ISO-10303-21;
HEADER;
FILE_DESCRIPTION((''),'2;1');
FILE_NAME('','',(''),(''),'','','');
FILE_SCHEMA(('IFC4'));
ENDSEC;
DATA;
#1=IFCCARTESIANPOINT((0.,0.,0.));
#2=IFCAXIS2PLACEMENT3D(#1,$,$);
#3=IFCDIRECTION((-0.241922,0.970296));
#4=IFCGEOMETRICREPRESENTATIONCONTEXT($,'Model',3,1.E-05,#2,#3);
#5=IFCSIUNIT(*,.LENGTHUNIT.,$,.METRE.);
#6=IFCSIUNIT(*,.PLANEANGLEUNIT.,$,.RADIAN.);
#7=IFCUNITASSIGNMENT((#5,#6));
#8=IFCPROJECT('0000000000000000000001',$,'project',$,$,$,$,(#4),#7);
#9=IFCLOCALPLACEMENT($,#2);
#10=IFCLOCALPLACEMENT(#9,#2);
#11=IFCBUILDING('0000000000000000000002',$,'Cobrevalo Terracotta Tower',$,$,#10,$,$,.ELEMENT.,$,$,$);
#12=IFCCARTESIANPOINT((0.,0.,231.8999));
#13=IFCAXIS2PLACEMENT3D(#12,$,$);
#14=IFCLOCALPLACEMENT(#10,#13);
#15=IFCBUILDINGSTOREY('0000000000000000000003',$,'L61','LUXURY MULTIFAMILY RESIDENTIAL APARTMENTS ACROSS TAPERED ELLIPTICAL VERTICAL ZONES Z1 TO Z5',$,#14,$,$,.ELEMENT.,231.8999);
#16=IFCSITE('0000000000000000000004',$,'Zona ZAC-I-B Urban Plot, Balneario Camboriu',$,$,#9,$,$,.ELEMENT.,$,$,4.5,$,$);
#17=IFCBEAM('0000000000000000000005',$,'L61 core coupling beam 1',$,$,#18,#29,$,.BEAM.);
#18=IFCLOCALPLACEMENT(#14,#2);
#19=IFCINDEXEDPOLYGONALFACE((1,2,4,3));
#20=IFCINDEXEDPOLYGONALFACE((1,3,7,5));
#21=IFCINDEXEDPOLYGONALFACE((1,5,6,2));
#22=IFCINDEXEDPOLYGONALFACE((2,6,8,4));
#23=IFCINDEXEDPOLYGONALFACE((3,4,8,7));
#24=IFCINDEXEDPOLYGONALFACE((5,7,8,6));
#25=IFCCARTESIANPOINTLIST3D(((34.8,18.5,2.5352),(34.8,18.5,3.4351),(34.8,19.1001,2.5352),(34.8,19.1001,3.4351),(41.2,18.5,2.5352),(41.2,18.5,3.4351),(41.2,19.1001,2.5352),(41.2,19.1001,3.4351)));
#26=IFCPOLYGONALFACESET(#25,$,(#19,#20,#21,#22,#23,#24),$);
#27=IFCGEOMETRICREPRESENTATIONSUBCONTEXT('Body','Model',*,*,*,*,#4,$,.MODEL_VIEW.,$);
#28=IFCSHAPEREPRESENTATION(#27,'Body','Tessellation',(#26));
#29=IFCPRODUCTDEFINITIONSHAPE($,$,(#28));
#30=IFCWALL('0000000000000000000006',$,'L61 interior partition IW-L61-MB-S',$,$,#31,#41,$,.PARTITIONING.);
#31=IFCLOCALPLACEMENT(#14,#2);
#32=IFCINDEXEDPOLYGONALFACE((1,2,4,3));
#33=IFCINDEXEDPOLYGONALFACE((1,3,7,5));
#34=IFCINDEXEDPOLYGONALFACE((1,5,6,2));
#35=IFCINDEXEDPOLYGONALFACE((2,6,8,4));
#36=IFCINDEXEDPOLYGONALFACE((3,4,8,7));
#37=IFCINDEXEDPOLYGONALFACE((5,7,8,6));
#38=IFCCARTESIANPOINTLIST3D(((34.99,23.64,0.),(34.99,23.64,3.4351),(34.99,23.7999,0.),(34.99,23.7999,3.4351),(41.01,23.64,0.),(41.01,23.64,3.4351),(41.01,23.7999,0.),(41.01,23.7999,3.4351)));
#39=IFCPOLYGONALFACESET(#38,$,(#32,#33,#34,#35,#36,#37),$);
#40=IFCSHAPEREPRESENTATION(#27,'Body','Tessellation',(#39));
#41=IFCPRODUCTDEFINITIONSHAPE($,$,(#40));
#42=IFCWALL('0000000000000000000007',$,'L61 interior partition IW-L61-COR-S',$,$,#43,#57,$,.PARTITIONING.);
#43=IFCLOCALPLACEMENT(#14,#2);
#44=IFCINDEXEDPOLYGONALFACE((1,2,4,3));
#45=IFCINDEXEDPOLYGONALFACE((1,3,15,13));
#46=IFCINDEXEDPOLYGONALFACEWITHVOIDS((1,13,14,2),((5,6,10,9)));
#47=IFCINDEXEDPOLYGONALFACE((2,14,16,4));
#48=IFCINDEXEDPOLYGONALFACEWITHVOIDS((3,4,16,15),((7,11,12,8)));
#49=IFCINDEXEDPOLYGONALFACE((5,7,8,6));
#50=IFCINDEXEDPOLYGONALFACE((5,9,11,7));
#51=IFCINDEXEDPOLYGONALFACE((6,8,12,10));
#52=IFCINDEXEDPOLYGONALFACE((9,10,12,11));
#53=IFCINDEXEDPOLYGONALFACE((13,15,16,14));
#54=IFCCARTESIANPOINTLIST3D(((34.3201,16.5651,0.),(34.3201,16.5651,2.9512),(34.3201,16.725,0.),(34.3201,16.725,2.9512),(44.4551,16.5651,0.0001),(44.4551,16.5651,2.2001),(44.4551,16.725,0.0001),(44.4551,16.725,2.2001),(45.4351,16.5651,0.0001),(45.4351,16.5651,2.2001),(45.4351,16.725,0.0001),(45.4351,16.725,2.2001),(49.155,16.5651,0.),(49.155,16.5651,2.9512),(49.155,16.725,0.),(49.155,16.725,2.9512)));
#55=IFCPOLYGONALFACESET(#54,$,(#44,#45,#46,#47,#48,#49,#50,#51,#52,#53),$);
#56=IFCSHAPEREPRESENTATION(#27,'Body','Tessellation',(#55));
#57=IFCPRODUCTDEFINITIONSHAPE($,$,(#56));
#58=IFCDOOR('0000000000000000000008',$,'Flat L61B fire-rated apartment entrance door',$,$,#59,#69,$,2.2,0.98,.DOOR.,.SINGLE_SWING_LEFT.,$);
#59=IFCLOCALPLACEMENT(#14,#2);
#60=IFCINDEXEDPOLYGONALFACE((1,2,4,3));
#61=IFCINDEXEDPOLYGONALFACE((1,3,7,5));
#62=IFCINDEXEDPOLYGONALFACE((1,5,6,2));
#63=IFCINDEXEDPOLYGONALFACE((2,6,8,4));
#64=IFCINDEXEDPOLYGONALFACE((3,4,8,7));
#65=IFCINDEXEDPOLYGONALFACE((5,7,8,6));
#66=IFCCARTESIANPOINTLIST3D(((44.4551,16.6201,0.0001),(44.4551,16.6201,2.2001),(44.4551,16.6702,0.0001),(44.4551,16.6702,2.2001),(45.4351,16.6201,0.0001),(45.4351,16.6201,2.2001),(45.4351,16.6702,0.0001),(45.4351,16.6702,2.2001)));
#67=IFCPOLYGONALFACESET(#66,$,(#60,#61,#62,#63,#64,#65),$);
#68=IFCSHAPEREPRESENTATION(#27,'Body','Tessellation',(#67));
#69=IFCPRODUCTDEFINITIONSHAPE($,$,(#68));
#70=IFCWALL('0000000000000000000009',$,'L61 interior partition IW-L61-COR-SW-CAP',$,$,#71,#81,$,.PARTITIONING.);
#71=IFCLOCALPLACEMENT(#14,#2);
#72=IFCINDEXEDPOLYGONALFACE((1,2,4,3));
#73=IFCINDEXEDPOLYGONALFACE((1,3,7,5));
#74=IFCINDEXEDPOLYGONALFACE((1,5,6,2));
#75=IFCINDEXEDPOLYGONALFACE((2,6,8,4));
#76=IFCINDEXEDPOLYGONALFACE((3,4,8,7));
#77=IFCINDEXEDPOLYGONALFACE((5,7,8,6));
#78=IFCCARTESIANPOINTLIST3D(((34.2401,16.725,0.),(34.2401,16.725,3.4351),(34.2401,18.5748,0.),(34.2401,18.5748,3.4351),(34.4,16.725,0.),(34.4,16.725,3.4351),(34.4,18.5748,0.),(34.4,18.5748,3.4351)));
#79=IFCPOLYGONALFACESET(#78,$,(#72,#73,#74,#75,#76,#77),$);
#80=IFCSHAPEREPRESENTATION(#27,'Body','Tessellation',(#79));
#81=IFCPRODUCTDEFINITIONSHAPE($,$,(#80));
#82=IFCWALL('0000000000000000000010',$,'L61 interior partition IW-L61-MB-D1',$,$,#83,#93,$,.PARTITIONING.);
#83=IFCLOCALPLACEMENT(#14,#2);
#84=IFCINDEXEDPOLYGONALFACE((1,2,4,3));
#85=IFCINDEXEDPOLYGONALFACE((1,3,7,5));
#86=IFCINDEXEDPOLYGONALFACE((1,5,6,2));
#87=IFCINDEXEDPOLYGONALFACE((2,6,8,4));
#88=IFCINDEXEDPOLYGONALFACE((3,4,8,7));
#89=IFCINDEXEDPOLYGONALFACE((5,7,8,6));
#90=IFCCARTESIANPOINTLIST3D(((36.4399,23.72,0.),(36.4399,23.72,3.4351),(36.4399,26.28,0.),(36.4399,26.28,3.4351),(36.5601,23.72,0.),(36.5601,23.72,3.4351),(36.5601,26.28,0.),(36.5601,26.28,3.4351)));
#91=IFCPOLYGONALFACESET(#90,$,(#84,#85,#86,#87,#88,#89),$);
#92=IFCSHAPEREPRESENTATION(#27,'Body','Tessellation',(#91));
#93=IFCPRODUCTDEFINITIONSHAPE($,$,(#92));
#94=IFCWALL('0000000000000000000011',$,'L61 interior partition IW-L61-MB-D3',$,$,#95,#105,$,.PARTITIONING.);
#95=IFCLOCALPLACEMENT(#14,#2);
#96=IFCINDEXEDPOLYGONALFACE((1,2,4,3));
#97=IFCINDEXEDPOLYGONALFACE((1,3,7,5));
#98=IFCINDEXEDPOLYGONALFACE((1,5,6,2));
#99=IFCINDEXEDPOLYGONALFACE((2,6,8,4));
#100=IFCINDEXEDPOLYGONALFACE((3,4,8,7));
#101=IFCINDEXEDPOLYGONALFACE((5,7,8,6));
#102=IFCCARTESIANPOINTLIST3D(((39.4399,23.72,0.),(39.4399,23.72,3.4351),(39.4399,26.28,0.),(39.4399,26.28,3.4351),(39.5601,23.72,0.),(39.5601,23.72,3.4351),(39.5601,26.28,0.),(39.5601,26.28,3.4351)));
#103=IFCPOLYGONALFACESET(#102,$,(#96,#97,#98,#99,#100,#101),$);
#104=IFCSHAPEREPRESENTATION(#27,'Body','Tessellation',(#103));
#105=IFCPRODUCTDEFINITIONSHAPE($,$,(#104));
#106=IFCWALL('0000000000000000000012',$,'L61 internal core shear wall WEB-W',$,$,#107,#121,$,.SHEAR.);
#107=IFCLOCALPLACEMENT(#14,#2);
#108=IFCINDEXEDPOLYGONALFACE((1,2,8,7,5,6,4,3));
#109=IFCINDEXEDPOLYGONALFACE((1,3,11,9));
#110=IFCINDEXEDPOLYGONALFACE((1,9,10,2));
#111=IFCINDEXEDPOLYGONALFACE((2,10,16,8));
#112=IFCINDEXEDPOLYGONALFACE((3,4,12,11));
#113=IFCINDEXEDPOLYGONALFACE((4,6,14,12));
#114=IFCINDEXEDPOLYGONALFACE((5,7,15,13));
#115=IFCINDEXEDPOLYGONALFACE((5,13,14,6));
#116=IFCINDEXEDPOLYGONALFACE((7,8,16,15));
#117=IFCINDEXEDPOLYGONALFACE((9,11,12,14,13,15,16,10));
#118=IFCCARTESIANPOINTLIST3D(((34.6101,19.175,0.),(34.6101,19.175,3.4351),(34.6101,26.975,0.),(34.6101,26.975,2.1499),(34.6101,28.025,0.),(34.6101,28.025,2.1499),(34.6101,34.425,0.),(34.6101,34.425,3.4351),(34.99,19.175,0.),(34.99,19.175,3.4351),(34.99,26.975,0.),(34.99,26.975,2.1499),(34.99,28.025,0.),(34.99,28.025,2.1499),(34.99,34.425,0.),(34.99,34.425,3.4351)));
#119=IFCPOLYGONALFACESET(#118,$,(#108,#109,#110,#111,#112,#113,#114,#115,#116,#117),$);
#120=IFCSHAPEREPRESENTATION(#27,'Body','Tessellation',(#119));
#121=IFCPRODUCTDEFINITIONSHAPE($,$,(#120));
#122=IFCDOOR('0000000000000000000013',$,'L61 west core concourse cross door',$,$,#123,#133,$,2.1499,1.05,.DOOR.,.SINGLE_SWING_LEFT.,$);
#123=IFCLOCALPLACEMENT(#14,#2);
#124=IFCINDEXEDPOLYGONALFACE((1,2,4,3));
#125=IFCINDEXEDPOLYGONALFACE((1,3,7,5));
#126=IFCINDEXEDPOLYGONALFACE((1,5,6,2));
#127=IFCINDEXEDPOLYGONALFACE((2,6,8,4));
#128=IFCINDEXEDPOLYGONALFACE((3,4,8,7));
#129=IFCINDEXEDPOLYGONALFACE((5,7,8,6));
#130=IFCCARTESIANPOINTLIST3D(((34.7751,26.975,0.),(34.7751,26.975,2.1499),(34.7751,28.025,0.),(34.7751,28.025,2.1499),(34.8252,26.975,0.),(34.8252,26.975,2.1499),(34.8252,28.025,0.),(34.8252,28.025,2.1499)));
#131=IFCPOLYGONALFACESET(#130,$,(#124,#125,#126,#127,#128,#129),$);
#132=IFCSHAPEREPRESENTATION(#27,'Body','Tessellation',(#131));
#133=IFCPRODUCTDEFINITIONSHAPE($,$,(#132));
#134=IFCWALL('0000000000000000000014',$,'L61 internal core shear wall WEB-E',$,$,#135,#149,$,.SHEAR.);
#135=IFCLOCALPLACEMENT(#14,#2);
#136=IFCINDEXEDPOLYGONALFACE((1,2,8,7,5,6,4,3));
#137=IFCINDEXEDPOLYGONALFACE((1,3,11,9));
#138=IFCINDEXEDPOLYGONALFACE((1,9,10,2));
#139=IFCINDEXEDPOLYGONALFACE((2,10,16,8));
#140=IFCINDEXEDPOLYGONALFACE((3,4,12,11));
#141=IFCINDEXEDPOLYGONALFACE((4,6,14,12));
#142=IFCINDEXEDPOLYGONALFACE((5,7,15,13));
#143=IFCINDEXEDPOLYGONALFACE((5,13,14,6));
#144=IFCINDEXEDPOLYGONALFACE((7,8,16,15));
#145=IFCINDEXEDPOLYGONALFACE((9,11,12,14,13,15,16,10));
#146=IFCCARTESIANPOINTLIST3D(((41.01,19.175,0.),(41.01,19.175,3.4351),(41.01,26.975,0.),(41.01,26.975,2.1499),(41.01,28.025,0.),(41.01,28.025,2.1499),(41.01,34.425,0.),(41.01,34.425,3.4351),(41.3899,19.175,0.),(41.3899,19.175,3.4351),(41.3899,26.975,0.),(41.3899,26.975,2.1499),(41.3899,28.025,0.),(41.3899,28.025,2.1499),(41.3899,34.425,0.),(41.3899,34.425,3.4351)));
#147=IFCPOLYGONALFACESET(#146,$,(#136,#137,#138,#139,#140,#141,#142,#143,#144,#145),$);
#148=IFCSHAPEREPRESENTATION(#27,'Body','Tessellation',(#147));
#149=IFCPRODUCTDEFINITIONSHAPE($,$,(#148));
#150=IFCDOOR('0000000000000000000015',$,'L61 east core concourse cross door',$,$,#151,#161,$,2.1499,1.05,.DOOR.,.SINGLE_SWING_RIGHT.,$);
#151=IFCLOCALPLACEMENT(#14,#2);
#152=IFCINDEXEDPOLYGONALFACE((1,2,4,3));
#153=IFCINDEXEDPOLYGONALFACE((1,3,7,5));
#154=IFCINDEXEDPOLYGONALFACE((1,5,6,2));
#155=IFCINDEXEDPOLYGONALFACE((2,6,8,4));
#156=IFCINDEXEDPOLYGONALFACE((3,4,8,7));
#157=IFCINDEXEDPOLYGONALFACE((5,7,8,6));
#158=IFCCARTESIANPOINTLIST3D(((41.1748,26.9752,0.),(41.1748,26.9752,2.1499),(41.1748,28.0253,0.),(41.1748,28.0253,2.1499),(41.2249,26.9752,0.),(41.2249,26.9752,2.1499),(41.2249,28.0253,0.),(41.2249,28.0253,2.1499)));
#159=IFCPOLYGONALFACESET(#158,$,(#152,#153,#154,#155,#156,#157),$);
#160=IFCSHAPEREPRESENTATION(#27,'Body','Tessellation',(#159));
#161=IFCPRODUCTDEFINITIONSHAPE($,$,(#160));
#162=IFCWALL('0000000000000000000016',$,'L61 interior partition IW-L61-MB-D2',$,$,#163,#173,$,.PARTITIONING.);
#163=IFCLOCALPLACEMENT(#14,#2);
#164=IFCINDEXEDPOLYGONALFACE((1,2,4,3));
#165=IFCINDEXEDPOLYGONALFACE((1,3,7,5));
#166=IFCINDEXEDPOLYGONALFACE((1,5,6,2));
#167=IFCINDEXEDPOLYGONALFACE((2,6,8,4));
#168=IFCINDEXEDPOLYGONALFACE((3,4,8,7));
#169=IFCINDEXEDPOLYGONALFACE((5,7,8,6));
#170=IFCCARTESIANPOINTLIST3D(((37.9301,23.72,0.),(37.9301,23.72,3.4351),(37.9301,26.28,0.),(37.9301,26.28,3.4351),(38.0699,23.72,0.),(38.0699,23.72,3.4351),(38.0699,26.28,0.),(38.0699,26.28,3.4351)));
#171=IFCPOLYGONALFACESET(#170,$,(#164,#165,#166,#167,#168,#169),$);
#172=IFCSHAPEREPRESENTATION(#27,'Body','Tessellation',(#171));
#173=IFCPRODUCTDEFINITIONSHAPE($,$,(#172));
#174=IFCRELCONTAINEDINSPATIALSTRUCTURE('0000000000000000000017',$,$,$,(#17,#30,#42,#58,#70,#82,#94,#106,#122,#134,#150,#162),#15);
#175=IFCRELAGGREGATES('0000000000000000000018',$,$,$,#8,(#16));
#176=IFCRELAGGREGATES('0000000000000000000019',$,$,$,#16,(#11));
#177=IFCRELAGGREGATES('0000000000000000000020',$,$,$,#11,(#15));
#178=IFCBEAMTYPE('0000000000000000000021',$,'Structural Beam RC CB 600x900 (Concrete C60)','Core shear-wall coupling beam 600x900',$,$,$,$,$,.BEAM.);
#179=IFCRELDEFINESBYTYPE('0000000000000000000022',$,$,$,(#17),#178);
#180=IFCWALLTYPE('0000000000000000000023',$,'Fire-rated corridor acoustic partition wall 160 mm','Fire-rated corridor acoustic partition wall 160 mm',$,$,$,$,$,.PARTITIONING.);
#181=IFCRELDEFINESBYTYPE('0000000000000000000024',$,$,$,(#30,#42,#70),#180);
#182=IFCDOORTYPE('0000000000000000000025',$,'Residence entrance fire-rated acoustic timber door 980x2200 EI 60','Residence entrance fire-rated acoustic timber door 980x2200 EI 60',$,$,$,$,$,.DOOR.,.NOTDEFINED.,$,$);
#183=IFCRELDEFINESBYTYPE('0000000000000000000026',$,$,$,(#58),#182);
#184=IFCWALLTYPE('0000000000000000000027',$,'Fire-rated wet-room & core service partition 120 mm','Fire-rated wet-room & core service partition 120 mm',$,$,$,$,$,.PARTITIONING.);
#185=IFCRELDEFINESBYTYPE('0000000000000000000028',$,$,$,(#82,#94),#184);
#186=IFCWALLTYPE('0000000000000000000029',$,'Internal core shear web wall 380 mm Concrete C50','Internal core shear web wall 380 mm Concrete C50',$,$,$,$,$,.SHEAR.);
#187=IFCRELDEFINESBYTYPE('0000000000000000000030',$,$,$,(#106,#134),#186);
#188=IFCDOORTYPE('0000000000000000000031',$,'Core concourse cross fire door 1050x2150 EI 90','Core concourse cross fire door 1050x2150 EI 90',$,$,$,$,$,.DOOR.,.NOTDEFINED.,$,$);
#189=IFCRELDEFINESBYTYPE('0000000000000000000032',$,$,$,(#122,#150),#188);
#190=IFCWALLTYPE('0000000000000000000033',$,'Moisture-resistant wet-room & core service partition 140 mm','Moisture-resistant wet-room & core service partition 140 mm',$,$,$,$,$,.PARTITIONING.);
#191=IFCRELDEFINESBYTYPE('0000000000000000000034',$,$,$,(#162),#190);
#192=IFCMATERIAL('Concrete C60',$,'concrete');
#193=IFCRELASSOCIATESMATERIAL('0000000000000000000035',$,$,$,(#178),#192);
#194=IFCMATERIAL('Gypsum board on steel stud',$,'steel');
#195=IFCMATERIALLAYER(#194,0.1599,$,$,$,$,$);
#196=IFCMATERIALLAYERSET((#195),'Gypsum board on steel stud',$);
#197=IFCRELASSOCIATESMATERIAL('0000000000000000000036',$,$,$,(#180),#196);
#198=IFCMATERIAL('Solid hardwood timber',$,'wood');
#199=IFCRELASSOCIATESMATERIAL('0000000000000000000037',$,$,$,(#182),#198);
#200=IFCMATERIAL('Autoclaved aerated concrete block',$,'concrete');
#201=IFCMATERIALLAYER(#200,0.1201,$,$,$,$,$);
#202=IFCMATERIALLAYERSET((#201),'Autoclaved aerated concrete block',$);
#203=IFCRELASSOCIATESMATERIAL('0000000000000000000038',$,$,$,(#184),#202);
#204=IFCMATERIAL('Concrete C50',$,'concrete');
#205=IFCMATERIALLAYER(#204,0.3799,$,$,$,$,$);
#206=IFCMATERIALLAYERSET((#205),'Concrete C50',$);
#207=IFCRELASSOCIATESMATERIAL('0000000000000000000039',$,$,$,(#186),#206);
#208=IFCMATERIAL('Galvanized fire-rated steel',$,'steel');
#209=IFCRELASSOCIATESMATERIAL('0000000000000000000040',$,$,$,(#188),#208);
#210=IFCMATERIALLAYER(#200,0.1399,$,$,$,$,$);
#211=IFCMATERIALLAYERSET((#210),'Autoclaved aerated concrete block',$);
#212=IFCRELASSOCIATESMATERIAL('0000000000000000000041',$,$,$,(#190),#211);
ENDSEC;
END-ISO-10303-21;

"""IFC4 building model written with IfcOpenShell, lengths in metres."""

from ifc_helpers import new_model, si_unit, direction, frame, frame_2d, origin, origin_2d, place, context, subcontext, project, spatial, rectangle, extrude, source, transform, mapped, material, layer, layer_set, material_profile, profile_set, type_object, element, fill, save


model = new_model("IFC4")

# Units and contexts
model_context = context("Model", 3, precision=1e-05, world=origin(), true_north=direction((-0.241922, 0.970296)))
body_context = subcontext(model_context, "Body", "Model", "MODEL_VIEW")
ifc_project = project(units=[si_unit("LENGTHUNIT", "METRE"), si_unit("PLANEANGLEUNIT", "RADIAN")], contexts=[model_context])

# Site, building, storey
site_placement = place(None, origin())
site = spatial("IfcSite", under=ifc_project, at=site_placement, Name="Zona ZAC-I-B Urban Plot, Balneario Camboriu", CompositionType="ELEMENT", RefElevation=4.5)
building_placement = place(site_placement, origin())
building = spatial("IfcBuilding", under=site, at=building_placement, Name="Cobrevalo Terracotta Tower", CompositionType="ELEMENT")
storey_placement = place(building_placement, frame((0.0, 0.0, 231.8999)))
storey = spatial("IfcBuildingStorey", under=building, at=storey_placement, Name="L61", Description="LUXURY MULTIFAMILY RESIDENTIAL APARTMENTS ACROSS TAPERED ELLIPTICAL VERTICAL ZONES Z1 TO Z5", CompositionType="ELEMENT", Elevation=231.8999)

# Beam
ifc_material_1 = material(Name="Concrete C60", Category="concrete")
ifc_material_profile = material_profile(ifc_material_1, rectangle(XDim=0.6001, YDim=0.8999, at=origin_2d()), Name="RC CB 600x900")
ifc_profile_set = profile_set([ifc_material_profile], Name="Concrete C60")
beam_type = type_object("IfcBeamType", Name="Structural Beam RC CB 600x900 (Concrete C60)", Description="Core shear-wall coupling beam 600x900", PredefinedType="BEAM", material=ifc_profile_set)
beam_placement = place(storey_placement, frame((34.8, 18.8, 2.9851), z_axis=(1.0, 0.0, 0.0), x_axis=(0.0, 1.0, 0.0)))
element("IfcBeam", 1, at=beam_placement, inside=storey, type_object=beam_type, Name="L61 core coupling beam 1", PredefinedType="BEAM", context=body_context, shape_type="SweptSolid", body=[
    extrude(rectangle(XDim=0.6001, YDim=0.8999, at=origin_2d()), origin(), (0.0, 0.0, 1.0), 6.3999),
])

# Wall
ifc_material_2 = material(Name="Gypsum board on steel stud", Category="steel")
ifc_layer_1 = layer(ifc_material_2, 0.1599)
ifc_layer_set_1 = layer_set([ifc_layer_1], Name="Gypsum board on steel stud")
wall_type_1 = type_object("IfcWallType", Name="Fire-rated corridor acoustic partition wall 160 mm", Description="Fire-rated corridor acoustic partition wall 160 mm", PredefinedType="PARTITIONING", material=ifc_layer_set_1)
wall_1_placement = place(storey_placement, frame((34.99, 23.72, 0.0), z_axis=(0.0, 0.0, 1.0), x_axis=(1.0, 0.0, 0.0)))
element("IfcWall", 2, at=wall_1_placement, inside=storey, type_object=wall_type_1, Name="L61 interior partition IW-L61-MB-S", PredefinedType="PARTITIONING", context=body_context, shape_type="SweptSolid", body=[
    extrude(rectangle(XDim=6.02, YDim=0.1599, at=frame_2d((3.01, 0.0))), origin(), (0.0, 0.0, 1.0), 3.4351),
])

# Wall, opening, door
wall_2_placement = place(storey_placement, frame((34.3201, 16.645, 0.0), z_axis=(0.0, 0.0, 1.0), x_axis=(1.0, 0.0, 0.0)))
wall_2 = element("IfcWall", 3, at=wall_2_placement, inside=storey, type_object=wall_type_1, Name="L61 interior partition IW-L61-COR-S", PredefinedType="PARTITIONING", context=body_context, shape_type="SweptSolid", body=[
    extrude(rectangle(XDim=14.835, YDim=0.1599, at=frame_2d((7.4175, 0.0))), origin(), (0.0, 0.0, 1.0), 2.9512),
])
opening_1_placement = place(wall_2_placement, frame((10.135, 0.0, 0.0)))
opening_1 = element("IfcOpeningElement", 4, at=opening_1_placement, cuts=wall_2, PredefinedType="OPENING", context=body_context, shape_type="SweptSolid", body=[
    extrude(rectangle(XDim=0.98, YDim=2.2, at=frame_2d((0.49, 1.1001))), frame((0.0, 0.0898, 0.0), z_axis=(0.0, -1.0, 0.0), x_axis=(1.0, 0.0, 0.0)), (0.0, 0.0, 1.0), 0.1799),
])
ifc_material_3 = material(Name="Solid hardwood timber", Category="wood")
door_type_1 = type_object("IfcDoorType", Name="Residence entrance fire-rated acoustic timber door 980x2200 EI 60", Description="Residence entrance fire-rated acoustic timber door 980x2200 EI 60", OperationType="NOTDEFINED", PredefinedType="DOOR", material=ifc_material_3)
shared_shape_1 = source(origin(), body_context, "Body", "SweptSolid", [
    extrude(rectangle(XDim=0.98, YDim=2.2, at=frame_2d((0.49, 1.1001))), frame((0.0, 0.0249, 0.0), z_axis=(0.0, -1.0, 0.0), x_axis=(1.0, 0.0, 0.0)), (0.0, 0.0, 1.0), 0.05),
])
door_1_placement = place(opening_1_placement, frame((0.98, 0.0, 0.0), z_axis=(0.0, 0.0, 1.0), x_axis=(-1.0, 0.0, 0.0)))
door_1 = element("IfcDoor", 5, at=door_1_placement, inside=storey, type_object=door_type_1, Name="Flat L61B fire-rated apartment entrance door", OperationType="SINGLE_SWING_LEFT", OverallHeight=2.2, OverallWidth=0.98, PredefinedType="DOOR", context=body_context, shape_type="MappedRepresentation", body=[
    mapped(shared_shape_1, transform((0.0, 0.0, 0.0), scale=1.0)),
])
fill(opening_1, door_1)

# Walls
wall_3_placement = place(storey_placement, frame((34.3201, 16.7251, 0.0), z_axis=(0.0, 0.0, 1.0), x_axis=(0.0, 1.0, 0.0)))
element("IfcWall", 6, at=wall_3_placement, inside=storey, type_object=wall_type_1, Name="L61 interior partition IW-L61-COR-SW-CAP", PredefinedType="PARTITIONING", context=body_context, shape_type="SweptSolid", body=[
    extrude(rectangle(XDim=1.8499, YDim=0.1599, at=frame_2d((0.9248, 0.0))), origin(), (0.0, 0.0, 1.0), 3.4351),
])
ifc_material_4 = material(Name="Autoclaved aerated concrete block", Category="concrete")
ifc_layer_2 = layer(ifc_material_4, 0.1201)
ifc_layer_set_2 = layer_set([ifc_layer_2], Name="Autoclaved aerated concrete block")
wall_type_2 = type_object("IfcWallType", Name="Fire-rated wet-room & core service partition 120 mm", Description="Fire-rated wet-room & core service partition 120 mm", PredefinedType="PARTITIONING", material=ifc_layer_set_2)
for number, where, z_axis, x_axis, name in (
    (7, (36.5, 23.72, 0.0), (0.0, 0.0, 1.0), (0.0, 1.0, 0.0), "L61 interior partition IW-L61-MB-D1"),
    (8, (39.5, 23.72, 0.0), (0.0, 0.0, 1.0), (0.0, 1.0, 0.0), "L61 interior partition IW-L61-MB-D3"),
):
    element("IfcWall", number, at=place(storey_placement, frame(where, z_axis=z_axis, x_axis=x_axis)), inside=storey, type_object=wall_type_2, Name=name, PredefinedType="PARTITIONING", context=body_context, shape_type="SweptSolid", body=[
        extrude(rectangle(XDim=2.5601, YDim=0.1201, at=frame_2d((1.28, 0.0))), origin(), (0.0, 0.0, 1.0), 3.4351),
    ])

# Walls, openings, doors
ifc_material_5 = material(Name="Concrete C50", Category="concrete")
ifc_layer_3 = layer(ifc_material_5, 0.3799)
ifc_layer_set_3 = layer_set([ifc_layer_3], Name="Concrete C50")
wall_type_3 = type_object("IfcWallType", Name="Internal core shear web wall 380 mm Concrete C50", Description="Internal core shear web wall 380 mm Concrete C50", PredefinedType="SHEAR", material=ifc_layer_set_3)
wall_4_placement = place(storey_placement, frame((34.8, 19.175, 0.0), z_axis=(0.0, 0.0, 1.0), x_axis=(0.0, 1.0, 0.0)))
wall_4 = element("IfcWall", 9, at=wall_4_placement, inside=storey, type_object=wall_type_3, Name="L61 internal core shear wall WEB-W", PredefinedType="SHEAR", context=body_context, shape_type="SweptSolid", body=[
    extrude(rectangle(XDim=15.25, YDim=0.3799, at=frame_2d((7.625, 0.0))), origin(), (0.0, 0.0, 1.0), 3.4351),
])
opening_2_placement = place(wall_4_placement, frame((7.8, 0.0, 0.0)))
opening_2 = element("IfcOpeningElement", 10, at=opening_2_placement, cuts=wall_4, PredefinedType="OPENING", context=body_context, shape_type="SweptSolid", body=[
    extrude(rectangle(XDim=1.05, YDim=2.1499, at=frame_2d((0.5249, 1.075))), frame((0.0, 0.2, 0.0), z_axis=(0.0, -1.0, 0.0), x_axis=(1.0, 0.0, 0.0)), (0.0, 0.0, 1.0), 0.3999),
])
ifc_material_6 = material(Name="Galvanized fire-rated steel", Category="steel")
door_type_2 = type_object("IfcDoorType", Name="Core concourse cross fire door 1050x2150 EI 90", Description="Core concourse cross fire door 1050x2150 EI 90", OperationType="NOTDEFINED", PredefinedType="DOOR", material=ifc_material_6)
shared_shape_2 = source(origin(), body_context, "Body", "SweptSolid", [
    extrude(rectangle(XDim=1.05, YDim=2.1499, at=frame_2d((0.5249, 1.075))), frame((0.0, 0.0249, 0.0), z_axis=(0.0, -1.0, 0.0), x_axis=(1.0, 0.0, 0.0)), (0.0, 0.0, 1.0), 0.05),
])
door_2_placement = place(opening_2_placement, origin())
door_2 = element("IfcDoor", 11, at=door_2_placement, inside=storey, type_object=door_type_2, Name="L61 west core concourse cross door", OperationType="SINGLE_SWING_LEFT", OverallHeight=2.1499, OverallWidth=1.05, PredefinedType="DOOR", context=body_context, shape_type="MappedRepresentation", body=[
    mapped(shared_shape_2, transform((0.0, 0.0, 0.0), scale=1.0)),
])
fill(opening_2, door_2)
wall_5_placement = place(storey_placement, frame((41.2, 19.175, 0.0), z_axis=(0.0, 0.0, 1.0), x_axis=(0.0, 1.0, 0.0)))
wall_5 = element("IfcWall", 12, at=wall_5_placement, inside=storey, type_object=wall_type_3, Name="L61 internal core shear wall WEB-E", PredefinedType="SHEAR", context=body_context, shape_type="SweptSolid", body=[
    extrude(rectangle(XDim=15.25, YDim=0.3799, at=frame_2d((7.625, 0.0))), origin(), (0.0, 0.0, 1.0), 3.4351),
])
opening_3_placement = place(wall_5_placement, frame((7.8, 0.0, 0.0)))
opening_3 = element("IfcOpeningElement", 13, at=opening_3_placement, cuts=wall_5, PredefinedType="OPENING", context=body_context, shape_type="SweptSolid", body=[
    extrude(rectangle(XDim=1.05, YDim=2.1499, at=frame_2d((0.5249, 1.075))), frame((0.0, 0.2, 0.0), z_axis=(0.0, -1.0, 0.0), x_axis=(1.0, 0.0, 0.0)), (0.0, 0.0, 1.0), 0.3999),
])
door_3_placement = place(opening_3_placement, frame((1.05, 0.0, 0.0), z_axis=(0.0, 0.0, 1.0), x_axis=(-1.0, 0.0, 0.0)))
door_3 = element("IfcDoor", 14, at=door_3_placement, inside=storey, type_object=door_type_2, Name="L61 east core concourse cross door", OperationType="SINGLE_SWING_RIGHT", OverallHeight=2.1499, OverallWidth=1.05, PredefinedType="DOOR", context=body_context, shape_type="MappedRepresentation", body=[
    mapped(shared_shape_2, transform((0.0, 0.0, 0.0), scale=1.0)),
])
fill(opening_3, door_3)

# Wall
ifc_layer_4 = layer(ifc_material_4, 0.1399)
ifc_layer_set_4 = layer_set([ifc_layer_4], Name="Autoclaved aerated concrete block")
wall_type_4 = type_object("IfcWallType", Name="Moisture-resistant wet-room & core service partition 140 mm", Description="Moisture-resistant wet-room & core service partition 140 mm", PredefinedType="PARTITIONING", material=ifc_layer_set_4)
wall_6_placement = place(storey_placement, frame((38.0, 23.72, 0.0), z_axis=(0.0, 0.0, 1.0), x_axis=(0.0, 1.0, 0.0)))
element("IfcWall", 15, at=wall_6_placement, inside=storey, type_object=wall_type_4, Name="L61 interior partition IW-L61-MB-D2", PredefinedType="PARTITIONING", context=body_context, shape_type="SweptSolid", body=[
    extrude(rectangle(XDim=2.5601, YDim=0.1399, at=frame_2d((1.28, 0.0))), origin(), (0.0, 0.0, 1.0), 3.4351),
])

save(model, "model.ifc")
